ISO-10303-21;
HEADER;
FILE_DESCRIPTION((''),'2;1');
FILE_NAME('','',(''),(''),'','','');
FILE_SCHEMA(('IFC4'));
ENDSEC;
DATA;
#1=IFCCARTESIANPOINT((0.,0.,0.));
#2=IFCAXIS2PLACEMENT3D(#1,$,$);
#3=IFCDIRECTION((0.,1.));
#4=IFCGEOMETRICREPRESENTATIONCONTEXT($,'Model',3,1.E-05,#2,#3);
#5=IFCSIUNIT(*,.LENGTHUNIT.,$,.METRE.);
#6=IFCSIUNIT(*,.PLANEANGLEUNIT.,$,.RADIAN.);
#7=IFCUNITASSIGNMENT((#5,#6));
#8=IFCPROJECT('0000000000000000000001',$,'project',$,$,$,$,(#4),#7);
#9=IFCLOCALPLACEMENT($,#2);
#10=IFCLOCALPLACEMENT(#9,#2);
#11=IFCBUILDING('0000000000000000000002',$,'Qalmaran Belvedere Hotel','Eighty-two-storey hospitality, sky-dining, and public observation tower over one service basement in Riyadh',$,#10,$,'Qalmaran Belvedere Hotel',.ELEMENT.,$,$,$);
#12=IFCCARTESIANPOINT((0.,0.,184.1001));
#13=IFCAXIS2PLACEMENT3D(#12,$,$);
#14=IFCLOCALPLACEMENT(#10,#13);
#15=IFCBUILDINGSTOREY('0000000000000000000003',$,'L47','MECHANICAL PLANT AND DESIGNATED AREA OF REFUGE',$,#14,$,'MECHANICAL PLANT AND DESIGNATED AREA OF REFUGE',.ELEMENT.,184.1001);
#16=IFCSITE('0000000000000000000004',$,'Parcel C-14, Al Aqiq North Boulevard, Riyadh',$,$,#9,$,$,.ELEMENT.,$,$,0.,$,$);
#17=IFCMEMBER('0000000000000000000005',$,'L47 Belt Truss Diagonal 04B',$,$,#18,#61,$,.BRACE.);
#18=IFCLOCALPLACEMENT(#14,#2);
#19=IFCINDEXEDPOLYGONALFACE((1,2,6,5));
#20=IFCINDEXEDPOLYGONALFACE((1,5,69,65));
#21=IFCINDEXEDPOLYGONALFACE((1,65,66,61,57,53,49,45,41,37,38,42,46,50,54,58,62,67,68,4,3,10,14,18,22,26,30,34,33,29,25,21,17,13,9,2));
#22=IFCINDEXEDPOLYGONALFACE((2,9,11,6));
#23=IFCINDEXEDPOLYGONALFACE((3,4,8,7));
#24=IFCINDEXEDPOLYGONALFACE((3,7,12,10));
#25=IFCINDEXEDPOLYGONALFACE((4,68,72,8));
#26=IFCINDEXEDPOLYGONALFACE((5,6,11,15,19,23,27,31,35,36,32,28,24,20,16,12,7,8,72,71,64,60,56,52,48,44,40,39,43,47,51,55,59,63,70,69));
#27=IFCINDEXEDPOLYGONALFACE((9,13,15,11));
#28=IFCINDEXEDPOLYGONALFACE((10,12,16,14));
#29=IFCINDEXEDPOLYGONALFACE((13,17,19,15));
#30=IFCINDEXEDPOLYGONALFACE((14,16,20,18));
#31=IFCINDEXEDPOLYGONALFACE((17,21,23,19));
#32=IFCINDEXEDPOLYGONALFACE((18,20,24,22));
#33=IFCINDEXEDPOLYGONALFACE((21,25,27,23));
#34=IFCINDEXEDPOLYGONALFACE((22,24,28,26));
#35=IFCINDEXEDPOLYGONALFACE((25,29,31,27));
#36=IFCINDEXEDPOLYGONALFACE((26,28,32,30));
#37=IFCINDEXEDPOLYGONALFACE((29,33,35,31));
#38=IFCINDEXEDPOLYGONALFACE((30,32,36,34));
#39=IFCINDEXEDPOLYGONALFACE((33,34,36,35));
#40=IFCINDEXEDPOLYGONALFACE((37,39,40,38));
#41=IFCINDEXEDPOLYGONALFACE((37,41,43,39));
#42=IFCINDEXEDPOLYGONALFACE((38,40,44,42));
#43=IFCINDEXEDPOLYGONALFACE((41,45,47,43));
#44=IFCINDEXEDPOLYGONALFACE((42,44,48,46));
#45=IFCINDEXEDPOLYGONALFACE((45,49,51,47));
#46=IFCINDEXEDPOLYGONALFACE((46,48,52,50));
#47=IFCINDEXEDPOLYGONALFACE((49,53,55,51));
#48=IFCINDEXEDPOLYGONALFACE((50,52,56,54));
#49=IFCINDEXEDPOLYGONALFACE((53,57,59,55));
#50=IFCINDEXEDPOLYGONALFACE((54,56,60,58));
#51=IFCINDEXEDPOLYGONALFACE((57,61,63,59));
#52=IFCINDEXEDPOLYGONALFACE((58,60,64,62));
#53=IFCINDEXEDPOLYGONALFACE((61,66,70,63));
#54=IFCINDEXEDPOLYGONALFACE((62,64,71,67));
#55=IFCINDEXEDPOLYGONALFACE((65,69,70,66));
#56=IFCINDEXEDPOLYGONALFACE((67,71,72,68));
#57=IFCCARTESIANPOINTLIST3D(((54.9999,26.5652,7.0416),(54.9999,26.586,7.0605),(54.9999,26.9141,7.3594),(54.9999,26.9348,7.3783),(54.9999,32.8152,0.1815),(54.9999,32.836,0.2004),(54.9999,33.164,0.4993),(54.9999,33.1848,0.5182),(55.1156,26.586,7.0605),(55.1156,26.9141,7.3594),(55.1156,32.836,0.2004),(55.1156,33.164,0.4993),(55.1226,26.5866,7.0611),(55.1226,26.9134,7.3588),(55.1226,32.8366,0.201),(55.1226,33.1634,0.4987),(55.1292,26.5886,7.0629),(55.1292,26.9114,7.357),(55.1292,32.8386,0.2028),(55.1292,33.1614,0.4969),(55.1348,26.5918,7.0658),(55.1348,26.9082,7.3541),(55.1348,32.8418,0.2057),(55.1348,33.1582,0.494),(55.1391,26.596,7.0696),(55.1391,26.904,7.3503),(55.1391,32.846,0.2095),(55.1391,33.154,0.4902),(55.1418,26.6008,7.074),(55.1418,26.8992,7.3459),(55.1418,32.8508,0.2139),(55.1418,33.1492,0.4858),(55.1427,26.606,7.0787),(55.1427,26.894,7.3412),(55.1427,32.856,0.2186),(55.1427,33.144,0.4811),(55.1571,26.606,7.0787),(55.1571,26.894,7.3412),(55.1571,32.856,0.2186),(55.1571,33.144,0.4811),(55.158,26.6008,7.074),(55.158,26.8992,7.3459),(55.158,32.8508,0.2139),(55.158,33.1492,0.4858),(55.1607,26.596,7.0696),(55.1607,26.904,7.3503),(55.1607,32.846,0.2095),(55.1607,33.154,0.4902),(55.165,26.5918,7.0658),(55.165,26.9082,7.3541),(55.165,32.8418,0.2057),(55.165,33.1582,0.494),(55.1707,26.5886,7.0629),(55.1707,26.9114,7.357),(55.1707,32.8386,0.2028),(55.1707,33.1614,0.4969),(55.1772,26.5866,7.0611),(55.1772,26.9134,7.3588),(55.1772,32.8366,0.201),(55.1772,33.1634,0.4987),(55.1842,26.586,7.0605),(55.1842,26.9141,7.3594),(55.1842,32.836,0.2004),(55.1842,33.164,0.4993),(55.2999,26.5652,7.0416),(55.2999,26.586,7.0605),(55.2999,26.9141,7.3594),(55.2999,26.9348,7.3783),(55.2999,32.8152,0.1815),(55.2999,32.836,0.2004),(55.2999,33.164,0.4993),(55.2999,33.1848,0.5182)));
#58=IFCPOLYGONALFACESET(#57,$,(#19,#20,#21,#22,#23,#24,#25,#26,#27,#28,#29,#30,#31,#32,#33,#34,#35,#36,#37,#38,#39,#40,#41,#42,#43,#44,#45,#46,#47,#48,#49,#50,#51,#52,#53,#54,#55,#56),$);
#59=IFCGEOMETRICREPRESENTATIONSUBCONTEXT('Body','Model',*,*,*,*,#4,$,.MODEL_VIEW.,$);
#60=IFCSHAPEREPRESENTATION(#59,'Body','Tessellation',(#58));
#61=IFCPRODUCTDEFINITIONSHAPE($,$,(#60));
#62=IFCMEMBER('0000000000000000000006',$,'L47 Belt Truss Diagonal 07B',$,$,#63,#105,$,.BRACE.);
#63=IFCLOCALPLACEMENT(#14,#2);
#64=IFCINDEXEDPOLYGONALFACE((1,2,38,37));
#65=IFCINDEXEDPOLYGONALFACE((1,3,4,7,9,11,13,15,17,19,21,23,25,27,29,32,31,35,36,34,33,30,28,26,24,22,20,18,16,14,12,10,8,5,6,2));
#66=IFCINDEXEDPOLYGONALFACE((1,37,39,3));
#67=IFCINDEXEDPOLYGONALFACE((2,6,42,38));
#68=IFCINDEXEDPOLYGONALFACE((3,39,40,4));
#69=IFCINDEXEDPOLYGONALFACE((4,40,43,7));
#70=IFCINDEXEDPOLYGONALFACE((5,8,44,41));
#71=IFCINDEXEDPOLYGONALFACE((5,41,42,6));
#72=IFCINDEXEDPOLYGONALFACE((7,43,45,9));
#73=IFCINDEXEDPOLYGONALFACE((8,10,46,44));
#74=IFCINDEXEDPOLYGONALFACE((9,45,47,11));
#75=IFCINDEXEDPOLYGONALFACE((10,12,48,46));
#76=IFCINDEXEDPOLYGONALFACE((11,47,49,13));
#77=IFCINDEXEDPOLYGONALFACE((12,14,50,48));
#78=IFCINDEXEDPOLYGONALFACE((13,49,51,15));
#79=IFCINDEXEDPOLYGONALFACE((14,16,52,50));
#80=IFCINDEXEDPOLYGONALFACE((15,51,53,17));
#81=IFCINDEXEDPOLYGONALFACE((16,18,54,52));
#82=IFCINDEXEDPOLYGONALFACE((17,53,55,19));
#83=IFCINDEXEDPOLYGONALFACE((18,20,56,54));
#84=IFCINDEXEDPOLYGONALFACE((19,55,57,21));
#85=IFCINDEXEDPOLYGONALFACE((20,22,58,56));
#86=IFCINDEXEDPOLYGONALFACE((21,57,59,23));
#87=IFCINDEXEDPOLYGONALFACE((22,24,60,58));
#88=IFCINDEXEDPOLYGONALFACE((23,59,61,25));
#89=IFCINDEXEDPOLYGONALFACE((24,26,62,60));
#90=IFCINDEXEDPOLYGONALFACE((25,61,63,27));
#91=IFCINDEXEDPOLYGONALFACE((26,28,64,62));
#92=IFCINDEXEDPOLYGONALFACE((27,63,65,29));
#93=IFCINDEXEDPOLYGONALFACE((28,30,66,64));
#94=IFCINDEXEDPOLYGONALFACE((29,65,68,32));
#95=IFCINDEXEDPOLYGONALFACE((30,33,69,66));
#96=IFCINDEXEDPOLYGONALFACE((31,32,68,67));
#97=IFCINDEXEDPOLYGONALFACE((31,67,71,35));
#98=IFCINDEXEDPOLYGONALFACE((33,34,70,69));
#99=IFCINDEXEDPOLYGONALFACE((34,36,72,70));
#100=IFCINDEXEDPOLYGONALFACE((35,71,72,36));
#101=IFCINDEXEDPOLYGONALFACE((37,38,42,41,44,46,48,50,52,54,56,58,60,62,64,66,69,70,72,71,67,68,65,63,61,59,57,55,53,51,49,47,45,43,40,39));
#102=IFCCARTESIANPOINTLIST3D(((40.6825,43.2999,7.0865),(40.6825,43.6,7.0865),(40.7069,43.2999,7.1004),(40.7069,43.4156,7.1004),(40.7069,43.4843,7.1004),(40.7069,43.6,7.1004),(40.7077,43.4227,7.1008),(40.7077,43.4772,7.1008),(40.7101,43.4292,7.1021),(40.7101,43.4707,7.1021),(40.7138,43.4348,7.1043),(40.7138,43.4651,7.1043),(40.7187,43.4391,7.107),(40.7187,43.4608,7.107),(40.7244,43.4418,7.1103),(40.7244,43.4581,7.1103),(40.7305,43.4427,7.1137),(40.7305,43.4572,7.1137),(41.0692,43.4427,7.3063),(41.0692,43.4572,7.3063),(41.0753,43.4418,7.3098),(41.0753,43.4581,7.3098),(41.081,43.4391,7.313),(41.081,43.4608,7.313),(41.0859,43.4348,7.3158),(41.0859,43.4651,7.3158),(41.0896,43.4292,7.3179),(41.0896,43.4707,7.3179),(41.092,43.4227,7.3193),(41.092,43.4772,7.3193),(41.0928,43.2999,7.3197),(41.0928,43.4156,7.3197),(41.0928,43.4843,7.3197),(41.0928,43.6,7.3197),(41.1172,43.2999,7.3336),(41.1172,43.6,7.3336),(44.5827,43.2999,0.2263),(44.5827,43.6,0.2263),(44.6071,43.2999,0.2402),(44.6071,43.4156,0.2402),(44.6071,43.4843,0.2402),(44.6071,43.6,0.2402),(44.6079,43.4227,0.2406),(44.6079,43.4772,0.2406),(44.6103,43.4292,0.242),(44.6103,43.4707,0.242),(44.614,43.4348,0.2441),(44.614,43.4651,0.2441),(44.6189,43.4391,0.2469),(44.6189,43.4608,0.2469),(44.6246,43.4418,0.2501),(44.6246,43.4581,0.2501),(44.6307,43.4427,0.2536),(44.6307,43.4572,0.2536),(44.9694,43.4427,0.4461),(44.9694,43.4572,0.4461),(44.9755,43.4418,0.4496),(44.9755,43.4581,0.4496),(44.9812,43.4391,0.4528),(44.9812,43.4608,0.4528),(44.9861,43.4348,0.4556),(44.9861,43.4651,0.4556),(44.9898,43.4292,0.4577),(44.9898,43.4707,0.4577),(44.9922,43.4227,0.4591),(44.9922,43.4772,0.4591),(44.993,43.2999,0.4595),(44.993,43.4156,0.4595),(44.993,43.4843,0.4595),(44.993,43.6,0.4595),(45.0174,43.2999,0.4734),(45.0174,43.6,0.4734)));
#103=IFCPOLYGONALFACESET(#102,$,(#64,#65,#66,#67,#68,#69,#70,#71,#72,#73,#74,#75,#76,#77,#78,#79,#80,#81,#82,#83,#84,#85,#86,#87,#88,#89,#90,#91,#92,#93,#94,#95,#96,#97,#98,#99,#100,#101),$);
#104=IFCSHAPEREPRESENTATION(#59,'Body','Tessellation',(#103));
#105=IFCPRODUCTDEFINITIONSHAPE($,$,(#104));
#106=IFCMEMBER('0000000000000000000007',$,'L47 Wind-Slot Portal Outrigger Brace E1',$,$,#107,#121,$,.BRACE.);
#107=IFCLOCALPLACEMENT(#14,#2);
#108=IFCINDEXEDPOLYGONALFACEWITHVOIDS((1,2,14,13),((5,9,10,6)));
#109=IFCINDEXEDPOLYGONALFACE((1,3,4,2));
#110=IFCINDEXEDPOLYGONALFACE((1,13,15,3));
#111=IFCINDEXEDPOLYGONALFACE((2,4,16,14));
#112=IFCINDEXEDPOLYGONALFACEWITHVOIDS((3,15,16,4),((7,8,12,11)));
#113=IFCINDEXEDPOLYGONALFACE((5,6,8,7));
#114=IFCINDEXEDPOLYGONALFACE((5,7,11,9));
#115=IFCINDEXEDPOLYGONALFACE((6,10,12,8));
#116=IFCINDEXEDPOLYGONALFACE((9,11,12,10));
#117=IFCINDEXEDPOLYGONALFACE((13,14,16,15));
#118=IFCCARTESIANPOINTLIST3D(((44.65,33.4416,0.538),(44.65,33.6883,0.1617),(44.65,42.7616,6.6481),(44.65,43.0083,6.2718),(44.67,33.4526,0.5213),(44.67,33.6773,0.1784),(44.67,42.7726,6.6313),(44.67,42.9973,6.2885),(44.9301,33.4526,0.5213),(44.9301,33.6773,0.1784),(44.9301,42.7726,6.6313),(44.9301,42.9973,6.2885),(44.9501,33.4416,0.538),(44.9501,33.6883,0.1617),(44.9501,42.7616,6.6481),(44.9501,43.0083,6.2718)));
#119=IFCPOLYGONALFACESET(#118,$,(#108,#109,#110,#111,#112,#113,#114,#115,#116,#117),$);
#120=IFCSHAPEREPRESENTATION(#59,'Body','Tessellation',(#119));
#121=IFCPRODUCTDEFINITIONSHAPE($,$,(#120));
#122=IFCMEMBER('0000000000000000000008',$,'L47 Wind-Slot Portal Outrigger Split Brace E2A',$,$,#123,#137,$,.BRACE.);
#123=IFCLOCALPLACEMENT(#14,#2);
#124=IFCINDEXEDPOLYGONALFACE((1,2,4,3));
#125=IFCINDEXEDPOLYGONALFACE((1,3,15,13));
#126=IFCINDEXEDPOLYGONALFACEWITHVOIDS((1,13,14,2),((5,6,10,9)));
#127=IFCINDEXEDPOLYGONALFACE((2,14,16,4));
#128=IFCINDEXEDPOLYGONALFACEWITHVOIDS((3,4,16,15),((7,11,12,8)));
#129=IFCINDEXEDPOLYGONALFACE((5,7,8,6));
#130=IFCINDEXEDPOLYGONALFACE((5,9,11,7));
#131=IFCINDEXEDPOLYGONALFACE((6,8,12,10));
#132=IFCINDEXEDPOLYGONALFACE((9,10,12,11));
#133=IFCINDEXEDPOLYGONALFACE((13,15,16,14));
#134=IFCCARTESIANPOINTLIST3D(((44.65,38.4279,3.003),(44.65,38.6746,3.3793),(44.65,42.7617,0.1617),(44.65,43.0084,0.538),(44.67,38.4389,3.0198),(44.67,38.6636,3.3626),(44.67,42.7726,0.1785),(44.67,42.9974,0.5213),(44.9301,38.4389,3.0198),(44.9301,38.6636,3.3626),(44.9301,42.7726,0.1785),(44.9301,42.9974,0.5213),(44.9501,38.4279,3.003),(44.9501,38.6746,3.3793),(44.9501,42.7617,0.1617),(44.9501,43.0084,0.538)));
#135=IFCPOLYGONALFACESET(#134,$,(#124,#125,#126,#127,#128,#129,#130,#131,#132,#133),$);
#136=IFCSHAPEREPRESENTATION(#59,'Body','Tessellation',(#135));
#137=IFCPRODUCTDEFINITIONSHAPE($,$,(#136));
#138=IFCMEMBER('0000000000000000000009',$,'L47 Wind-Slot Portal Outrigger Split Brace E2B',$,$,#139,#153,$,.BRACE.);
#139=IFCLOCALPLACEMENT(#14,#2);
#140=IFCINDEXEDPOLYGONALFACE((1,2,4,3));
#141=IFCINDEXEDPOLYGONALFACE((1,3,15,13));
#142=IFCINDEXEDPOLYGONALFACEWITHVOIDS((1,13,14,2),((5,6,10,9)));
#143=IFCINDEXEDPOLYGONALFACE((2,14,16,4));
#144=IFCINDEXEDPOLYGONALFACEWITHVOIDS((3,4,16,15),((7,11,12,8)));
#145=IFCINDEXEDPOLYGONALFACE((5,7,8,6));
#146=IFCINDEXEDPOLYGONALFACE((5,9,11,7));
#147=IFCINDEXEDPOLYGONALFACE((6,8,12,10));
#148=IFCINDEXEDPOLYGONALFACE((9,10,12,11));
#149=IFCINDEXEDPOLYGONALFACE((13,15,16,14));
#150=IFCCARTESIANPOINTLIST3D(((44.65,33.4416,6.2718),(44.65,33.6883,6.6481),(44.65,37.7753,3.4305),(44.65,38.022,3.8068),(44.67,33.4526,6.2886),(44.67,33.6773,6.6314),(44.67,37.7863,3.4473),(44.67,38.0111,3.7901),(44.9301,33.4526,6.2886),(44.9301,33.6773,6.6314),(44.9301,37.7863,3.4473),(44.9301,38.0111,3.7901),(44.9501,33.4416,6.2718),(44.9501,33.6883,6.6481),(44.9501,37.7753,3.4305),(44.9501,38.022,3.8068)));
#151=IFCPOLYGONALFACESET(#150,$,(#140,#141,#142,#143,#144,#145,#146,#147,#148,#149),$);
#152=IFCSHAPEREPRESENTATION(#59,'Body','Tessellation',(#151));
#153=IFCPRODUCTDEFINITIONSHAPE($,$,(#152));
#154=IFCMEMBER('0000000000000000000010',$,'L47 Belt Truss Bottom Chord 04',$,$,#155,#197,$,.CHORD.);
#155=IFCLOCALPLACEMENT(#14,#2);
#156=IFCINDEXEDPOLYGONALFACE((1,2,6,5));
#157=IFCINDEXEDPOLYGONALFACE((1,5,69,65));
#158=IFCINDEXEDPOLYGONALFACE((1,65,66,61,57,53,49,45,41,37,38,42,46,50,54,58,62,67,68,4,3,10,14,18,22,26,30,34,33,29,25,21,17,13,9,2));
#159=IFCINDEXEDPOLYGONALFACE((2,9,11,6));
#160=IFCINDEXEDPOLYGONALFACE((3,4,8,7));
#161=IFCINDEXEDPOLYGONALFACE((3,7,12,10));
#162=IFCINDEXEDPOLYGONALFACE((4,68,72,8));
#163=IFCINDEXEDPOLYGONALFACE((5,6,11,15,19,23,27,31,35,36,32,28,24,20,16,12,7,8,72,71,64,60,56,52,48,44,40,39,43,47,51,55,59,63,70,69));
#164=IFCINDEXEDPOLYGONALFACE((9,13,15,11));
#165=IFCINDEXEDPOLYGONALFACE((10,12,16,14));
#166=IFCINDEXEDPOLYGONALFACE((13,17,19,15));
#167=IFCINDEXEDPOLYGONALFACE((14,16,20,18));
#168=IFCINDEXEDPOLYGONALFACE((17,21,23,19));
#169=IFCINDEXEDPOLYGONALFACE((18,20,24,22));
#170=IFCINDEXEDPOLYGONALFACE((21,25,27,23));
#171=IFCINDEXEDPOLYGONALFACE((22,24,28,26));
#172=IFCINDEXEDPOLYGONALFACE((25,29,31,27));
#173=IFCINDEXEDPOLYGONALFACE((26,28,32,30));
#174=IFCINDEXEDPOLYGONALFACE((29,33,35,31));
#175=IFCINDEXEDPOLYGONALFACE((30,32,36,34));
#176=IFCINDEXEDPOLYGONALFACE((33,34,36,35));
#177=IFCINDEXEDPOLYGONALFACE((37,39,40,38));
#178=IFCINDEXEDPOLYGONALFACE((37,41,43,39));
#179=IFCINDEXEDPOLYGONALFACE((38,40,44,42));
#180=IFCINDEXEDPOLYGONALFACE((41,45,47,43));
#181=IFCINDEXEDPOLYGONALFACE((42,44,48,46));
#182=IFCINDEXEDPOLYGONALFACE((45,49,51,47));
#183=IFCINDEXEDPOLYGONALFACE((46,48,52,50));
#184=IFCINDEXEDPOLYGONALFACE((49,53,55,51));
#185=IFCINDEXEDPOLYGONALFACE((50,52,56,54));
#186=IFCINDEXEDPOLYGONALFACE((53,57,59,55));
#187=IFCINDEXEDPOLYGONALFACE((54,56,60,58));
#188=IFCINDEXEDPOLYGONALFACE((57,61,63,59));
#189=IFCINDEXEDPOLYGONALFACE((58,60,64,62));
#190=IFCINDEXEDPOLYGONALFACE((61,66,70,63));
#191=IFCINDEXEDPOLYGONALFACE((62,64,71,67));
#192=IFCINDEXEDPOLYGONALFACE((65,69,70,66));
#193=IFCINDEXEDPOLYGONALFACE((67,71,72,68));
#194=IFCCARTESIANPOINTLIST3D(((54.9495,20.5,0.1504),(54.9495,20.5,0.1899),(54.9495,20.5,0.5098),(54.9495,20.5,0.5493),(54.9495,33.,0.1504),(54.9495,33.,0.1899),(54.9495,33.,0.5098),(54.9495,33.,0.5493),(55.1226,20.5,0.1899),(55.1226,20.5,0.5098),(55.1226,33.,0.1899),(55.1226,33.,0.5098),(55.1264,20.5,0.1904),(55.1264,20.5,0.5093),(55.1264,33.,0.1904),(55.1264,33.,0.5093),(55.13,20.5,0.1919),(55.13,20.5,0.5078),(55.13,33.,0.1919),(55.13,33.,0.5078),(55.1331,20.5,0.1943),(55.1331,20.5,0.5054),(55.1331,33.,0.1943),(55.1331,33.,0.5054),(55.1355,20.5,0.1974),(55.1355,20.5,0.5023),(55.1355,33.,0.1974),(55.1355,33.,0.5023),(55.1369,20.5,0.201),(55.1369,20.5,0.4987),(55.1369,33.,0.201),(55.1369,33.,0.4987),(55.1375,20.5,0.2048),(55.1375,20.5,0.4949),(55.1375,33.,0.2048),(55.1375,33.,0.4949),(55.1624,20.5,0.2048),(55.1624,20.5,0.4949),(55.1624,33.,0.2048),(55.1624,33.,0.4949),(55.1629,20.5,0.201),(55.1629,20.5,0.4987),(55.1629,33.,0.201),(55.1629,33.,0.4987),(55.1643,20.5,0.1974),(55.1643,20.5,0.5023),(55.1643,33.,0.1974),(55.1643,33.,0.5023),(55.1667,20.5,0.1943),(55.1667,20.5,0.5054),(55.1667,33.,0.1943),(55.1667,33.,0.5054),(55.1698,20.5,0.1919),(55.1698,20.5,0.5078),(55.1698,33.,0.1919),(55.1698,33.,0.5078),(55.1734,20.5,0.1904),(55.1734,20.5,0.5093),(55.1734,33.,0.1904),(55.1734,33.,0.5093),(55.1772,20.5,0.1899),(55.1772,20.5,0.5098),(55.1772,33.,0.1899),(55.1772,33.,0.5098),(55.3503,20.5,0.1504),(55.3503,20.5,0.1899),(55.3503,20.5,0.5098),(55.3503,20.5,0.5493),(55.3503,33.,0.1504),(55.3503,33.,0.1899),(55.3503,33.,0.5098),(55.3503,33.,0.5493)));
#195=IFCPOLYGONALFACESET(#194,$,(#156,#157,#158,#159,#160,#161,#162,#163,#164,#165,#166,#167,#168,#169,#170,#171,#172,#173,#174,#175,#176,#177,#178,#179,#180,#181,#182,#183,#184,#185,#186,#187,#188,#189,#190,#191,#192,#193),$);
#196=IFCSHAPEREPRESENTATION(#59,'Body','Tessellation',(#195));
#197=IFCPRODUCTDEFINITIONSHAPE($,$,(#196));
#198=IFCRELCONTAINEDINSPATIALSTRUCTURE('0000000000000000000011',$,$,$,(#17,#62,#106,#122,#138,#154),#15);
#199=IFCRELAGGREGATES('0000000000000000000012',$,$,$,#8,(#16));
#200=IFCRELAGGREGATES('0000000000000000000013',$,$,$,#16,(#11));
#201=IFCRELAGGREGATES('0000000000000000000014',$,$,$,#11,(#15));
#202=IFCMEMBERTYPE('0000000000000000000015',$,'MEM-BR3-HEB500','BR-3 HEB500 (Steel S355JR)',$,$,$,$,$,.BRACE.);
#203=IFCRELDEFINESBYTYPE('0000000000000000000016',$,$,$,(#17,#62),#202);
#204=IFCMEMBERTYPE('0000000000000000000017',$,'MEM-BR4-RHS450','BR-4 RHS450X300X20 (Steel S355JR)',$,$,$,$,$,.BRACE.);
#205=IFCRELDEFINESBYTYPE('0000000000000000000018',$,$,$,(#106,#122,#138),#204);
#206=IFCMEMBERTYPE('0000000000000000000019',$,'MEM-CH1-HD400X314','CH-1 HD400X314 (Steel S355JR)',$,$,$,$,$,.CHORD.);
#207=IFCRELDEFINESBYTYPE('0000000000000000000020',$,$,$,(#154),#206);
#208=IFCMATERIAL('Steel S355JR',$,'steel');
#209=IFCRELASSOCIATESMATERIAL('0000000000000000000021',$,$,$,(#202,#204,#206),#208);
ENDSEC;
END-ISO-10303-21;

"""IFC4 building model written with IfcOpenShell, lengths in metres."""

from ifc_helpers import new_model, si_unit, direction, frame, origin, origin_2d, place, context, subcontext, project, spatial, hollow_rectangle, i_section, extrude, material, material_profile, profile_set, type_object, element, save


model = new_model("IFC4")

# Units and contexts
model_context = context("Model", 3, precision=1e-05, world=origin(), true_north=direction((0.0, 1.0)))
body_context = subcontext(model_context, "Body", "Model", "MODEL_VIEW")
ifc_project = project(units=[si_unit("LENGTHUNIT", "METRE"), si_unit("PLANEANGLEUNIT", "RADIAN")], contexts=[model_context])

# Site, building, storey
site_placement = place(None, origin())
site = spatial("IfcSite", under=ifc_project, at=site_placement, Name="Parcel C-14, Al Aqiq North Boulevard, Riyadh", CompositionType="ELEMENT", RefElevation=0.0)
building_placement = place(site_placement, origin())
building = spatial("IfcBuilding", under=site, at=building_placement, Name="Qalmaran Belvedere Hotel", Description="Eighty-two-storey hospitality, sky-dining, and public observation tower over one service basement in Riyadh", LongName="Qalmaran Belvedere Hotel", CompositionType="ELEMENT")
storey_placement = place(building_placement, frame((0.0, 0.0, 184.1001)))
storey = spatial("IfcBuildingStorey", under=building, at=storey_placement, Name="L47", Description="MECHANICAL PLANT AND DESIGNATED AREA OF REFUGE", LongName="MECHANICAL PLANT AND DESIGNATED AREA OF REFUGE", CompositionType="ELEMENT", Elevation=184.1001)

# Shared definitions
ifc_material_1 = material(Name="Steel S355JR", Category="steel")

# Members
ifc_material_profile_1 = material_profile(ifc_material_1, i_section(OverallWidth=0.3, OverallDepth=0.5, WebThickness=0.0144, FlangeThickness=0.0281, FilletRadius=0.0271, at=origin_2d()), Name="HEB500")
ifc_profile_set_1 = profile_set([ifc_material_profile_1], Name="Steel S355JR")
member_type_1 = type_object("IfcMemberType", Name="MEM-BR3-HEB500", Description="BR-3 HEB500 (Steel S355JR)", PredefinedType="BRACE", material=ifc_profile_set_1)
for number, where, z_axis, x_axis, name in (
    (1, (55.1499, 33.0, 0.3499), (0.0, -0.673471, 0.739214), (1.0, 0.0, 0.0), "L47 Belt Truss Diagonal 04B"),
):
    element("IfcMember", number, at=place(storey_placement, frame(where, z_axis=z_axis, x_axis=x_axis)), inside=storey, type_object=member_type_1, Name=name, PredefinedType="BRACE", context=body_context, shape_type="SweptSolid", body=[
        extrude(i_section(OverallWidth=0.3, OverallDepth=0.5, WebThickness=0.0144, FlangeThickness=0.0281, FilletRadius=0.0271, at=origin_2d()), origin(), (0.0, 0.0, 1.0), 9.2803),
    ])
member_1_placement = place(storey_placement, frame((44.8, 43.45, 0.3499), z_axis=(-0.494235, 0.0, 0.869328), x_axis=(0.0, -1.0, 0.0)))
element("IfcMember", 2, at=member_1_placement, inside=storey, type_object=member_type_1, Name="L47 Belt Truss Diagonal 07B", PredefinedType="BRACE", context=body_context, shape_type="SweptSolid", body=[
    extrude(i_section(OverallWidth=0.3, OverallDepth=0.5, WebThickness=0.0144, FlangeThickness=0.0281, FilletRadius=0.0271, at=origin_2d()), origin(), (0.0, 0.0, 1.0), 7.8914),
])
ifc_material_profile_2 = material_profile(ifc_material_1, hollow_rectangle(XDim=0.3, YDim=0.45, WallThickness=0.02, at=origin_2d()), Name="RHS450X300X20")
ifc_profile_set_2 = profile_set([ifc_material_profile_2], Name="Steel S355JR")
member_type_2 = type_object("IfcMemberType", Name="MEM-BR4-RHS450", Description="BR-4 RHS450X300X20 (Steel S355JR)", PredefinedType="BRACE", material=ifc_profile_set_2)
member_2_placement = place(storey_placement, frame((44.8, 33.5649, 0.3499), z_axis=(0.0, 0.836302, 0.548268), x_axis=(-1.0, 0.0, 0.0)))
element("IfcMember", 3, at=member_2_placement, inside=storey, type_object=member_type_2, Name="L47 Wind-Slot Portal Outrigger Brace E1", PredefinedType="BRACE", context=body_context, shape_type="SweptSolid", body=[
    extrude(hollow_rectangle(XDim=0.3, YDim=0.45, WallThickness=0.02, at=origin_2d()), origin(), (0.0, 0.0, 1.0), 11.1443),
])
for number, where, z_axis, x_axis, name in (
    (4, (44.8, 42.885, 0.3499), (0.0, -0.836288, 0.548291), (1.0, 0.0, 0.0), "L47 Wind-Slot Portal Outrigger Split Brace E2A"),
    (5, (44.8, 37.8987, 3.6187), (0.0, -0.836288, 0.548291), (1.0, 0.0, 0.0), "L47 Wind-Slot Portal Outrigger Split Brace E2B"),
):
    element("IfcMember", number, at=place(storey_placement, frame(where, z_axis=z_axis, x_axis=x_axis)), inside=storey, type_object=member_type_2, Name=name, PredefinedType="BRACE", context=body_context, shape_type="SweptSolid", body=[
        extrude(hollow_rectangle(XDim=0.3, YDim=0.45, WallThickness=0.02, at=origin_2d()), origin(), (0.0, 0.0, 1.0), 5.1821),
    ])
ifc_material_profile_3 = material_profile(ifc_material_1, i_section(OverallWidth=0.4009, OverallDepth=0.3989, WebThickness=0.0249, FlangeThickness=0.0396, FilletRadius=0.0149, at=origin_2d()), Name="HD400X314")
ifc_profile_set_3 = profile_set([ifc_material_profile_3], Name="Steel S355JR")
member_type_3 = type_object("IfcMemberType", Name="MEM-CH1-HD400X314", Description="CH-1 HD400X314 (Steel S355JR)", PredefinedType="CHORD", material=ifc_profile_set_3)
member_3_placement = place(storey_placement, frame((55.1499, 20.5, 0.3499), z_axis=(0.0, 1.0, 0.0), x_axis=(-1.0, 0.0, 0.0)))
element("IfcMember", 6, at=member_3_placement, inside=storey, type_object=member_type_3, Name="L47 Belt Truss Bottom Chord 04", PredefinedType="CHORD", context=body_context, shape_type="SweptSolid", body=[
    extrude(i_section(OverallWidth=0.4009, OverallDepth=0.3989, WebThickness=0.0249, FlangeThickness=0.0396, FilletRadius=0.0149, at=origin_2d()), origin(), (0.0, 0.0, 1.0), 12.5),
])

save(model, "model.ifc")
